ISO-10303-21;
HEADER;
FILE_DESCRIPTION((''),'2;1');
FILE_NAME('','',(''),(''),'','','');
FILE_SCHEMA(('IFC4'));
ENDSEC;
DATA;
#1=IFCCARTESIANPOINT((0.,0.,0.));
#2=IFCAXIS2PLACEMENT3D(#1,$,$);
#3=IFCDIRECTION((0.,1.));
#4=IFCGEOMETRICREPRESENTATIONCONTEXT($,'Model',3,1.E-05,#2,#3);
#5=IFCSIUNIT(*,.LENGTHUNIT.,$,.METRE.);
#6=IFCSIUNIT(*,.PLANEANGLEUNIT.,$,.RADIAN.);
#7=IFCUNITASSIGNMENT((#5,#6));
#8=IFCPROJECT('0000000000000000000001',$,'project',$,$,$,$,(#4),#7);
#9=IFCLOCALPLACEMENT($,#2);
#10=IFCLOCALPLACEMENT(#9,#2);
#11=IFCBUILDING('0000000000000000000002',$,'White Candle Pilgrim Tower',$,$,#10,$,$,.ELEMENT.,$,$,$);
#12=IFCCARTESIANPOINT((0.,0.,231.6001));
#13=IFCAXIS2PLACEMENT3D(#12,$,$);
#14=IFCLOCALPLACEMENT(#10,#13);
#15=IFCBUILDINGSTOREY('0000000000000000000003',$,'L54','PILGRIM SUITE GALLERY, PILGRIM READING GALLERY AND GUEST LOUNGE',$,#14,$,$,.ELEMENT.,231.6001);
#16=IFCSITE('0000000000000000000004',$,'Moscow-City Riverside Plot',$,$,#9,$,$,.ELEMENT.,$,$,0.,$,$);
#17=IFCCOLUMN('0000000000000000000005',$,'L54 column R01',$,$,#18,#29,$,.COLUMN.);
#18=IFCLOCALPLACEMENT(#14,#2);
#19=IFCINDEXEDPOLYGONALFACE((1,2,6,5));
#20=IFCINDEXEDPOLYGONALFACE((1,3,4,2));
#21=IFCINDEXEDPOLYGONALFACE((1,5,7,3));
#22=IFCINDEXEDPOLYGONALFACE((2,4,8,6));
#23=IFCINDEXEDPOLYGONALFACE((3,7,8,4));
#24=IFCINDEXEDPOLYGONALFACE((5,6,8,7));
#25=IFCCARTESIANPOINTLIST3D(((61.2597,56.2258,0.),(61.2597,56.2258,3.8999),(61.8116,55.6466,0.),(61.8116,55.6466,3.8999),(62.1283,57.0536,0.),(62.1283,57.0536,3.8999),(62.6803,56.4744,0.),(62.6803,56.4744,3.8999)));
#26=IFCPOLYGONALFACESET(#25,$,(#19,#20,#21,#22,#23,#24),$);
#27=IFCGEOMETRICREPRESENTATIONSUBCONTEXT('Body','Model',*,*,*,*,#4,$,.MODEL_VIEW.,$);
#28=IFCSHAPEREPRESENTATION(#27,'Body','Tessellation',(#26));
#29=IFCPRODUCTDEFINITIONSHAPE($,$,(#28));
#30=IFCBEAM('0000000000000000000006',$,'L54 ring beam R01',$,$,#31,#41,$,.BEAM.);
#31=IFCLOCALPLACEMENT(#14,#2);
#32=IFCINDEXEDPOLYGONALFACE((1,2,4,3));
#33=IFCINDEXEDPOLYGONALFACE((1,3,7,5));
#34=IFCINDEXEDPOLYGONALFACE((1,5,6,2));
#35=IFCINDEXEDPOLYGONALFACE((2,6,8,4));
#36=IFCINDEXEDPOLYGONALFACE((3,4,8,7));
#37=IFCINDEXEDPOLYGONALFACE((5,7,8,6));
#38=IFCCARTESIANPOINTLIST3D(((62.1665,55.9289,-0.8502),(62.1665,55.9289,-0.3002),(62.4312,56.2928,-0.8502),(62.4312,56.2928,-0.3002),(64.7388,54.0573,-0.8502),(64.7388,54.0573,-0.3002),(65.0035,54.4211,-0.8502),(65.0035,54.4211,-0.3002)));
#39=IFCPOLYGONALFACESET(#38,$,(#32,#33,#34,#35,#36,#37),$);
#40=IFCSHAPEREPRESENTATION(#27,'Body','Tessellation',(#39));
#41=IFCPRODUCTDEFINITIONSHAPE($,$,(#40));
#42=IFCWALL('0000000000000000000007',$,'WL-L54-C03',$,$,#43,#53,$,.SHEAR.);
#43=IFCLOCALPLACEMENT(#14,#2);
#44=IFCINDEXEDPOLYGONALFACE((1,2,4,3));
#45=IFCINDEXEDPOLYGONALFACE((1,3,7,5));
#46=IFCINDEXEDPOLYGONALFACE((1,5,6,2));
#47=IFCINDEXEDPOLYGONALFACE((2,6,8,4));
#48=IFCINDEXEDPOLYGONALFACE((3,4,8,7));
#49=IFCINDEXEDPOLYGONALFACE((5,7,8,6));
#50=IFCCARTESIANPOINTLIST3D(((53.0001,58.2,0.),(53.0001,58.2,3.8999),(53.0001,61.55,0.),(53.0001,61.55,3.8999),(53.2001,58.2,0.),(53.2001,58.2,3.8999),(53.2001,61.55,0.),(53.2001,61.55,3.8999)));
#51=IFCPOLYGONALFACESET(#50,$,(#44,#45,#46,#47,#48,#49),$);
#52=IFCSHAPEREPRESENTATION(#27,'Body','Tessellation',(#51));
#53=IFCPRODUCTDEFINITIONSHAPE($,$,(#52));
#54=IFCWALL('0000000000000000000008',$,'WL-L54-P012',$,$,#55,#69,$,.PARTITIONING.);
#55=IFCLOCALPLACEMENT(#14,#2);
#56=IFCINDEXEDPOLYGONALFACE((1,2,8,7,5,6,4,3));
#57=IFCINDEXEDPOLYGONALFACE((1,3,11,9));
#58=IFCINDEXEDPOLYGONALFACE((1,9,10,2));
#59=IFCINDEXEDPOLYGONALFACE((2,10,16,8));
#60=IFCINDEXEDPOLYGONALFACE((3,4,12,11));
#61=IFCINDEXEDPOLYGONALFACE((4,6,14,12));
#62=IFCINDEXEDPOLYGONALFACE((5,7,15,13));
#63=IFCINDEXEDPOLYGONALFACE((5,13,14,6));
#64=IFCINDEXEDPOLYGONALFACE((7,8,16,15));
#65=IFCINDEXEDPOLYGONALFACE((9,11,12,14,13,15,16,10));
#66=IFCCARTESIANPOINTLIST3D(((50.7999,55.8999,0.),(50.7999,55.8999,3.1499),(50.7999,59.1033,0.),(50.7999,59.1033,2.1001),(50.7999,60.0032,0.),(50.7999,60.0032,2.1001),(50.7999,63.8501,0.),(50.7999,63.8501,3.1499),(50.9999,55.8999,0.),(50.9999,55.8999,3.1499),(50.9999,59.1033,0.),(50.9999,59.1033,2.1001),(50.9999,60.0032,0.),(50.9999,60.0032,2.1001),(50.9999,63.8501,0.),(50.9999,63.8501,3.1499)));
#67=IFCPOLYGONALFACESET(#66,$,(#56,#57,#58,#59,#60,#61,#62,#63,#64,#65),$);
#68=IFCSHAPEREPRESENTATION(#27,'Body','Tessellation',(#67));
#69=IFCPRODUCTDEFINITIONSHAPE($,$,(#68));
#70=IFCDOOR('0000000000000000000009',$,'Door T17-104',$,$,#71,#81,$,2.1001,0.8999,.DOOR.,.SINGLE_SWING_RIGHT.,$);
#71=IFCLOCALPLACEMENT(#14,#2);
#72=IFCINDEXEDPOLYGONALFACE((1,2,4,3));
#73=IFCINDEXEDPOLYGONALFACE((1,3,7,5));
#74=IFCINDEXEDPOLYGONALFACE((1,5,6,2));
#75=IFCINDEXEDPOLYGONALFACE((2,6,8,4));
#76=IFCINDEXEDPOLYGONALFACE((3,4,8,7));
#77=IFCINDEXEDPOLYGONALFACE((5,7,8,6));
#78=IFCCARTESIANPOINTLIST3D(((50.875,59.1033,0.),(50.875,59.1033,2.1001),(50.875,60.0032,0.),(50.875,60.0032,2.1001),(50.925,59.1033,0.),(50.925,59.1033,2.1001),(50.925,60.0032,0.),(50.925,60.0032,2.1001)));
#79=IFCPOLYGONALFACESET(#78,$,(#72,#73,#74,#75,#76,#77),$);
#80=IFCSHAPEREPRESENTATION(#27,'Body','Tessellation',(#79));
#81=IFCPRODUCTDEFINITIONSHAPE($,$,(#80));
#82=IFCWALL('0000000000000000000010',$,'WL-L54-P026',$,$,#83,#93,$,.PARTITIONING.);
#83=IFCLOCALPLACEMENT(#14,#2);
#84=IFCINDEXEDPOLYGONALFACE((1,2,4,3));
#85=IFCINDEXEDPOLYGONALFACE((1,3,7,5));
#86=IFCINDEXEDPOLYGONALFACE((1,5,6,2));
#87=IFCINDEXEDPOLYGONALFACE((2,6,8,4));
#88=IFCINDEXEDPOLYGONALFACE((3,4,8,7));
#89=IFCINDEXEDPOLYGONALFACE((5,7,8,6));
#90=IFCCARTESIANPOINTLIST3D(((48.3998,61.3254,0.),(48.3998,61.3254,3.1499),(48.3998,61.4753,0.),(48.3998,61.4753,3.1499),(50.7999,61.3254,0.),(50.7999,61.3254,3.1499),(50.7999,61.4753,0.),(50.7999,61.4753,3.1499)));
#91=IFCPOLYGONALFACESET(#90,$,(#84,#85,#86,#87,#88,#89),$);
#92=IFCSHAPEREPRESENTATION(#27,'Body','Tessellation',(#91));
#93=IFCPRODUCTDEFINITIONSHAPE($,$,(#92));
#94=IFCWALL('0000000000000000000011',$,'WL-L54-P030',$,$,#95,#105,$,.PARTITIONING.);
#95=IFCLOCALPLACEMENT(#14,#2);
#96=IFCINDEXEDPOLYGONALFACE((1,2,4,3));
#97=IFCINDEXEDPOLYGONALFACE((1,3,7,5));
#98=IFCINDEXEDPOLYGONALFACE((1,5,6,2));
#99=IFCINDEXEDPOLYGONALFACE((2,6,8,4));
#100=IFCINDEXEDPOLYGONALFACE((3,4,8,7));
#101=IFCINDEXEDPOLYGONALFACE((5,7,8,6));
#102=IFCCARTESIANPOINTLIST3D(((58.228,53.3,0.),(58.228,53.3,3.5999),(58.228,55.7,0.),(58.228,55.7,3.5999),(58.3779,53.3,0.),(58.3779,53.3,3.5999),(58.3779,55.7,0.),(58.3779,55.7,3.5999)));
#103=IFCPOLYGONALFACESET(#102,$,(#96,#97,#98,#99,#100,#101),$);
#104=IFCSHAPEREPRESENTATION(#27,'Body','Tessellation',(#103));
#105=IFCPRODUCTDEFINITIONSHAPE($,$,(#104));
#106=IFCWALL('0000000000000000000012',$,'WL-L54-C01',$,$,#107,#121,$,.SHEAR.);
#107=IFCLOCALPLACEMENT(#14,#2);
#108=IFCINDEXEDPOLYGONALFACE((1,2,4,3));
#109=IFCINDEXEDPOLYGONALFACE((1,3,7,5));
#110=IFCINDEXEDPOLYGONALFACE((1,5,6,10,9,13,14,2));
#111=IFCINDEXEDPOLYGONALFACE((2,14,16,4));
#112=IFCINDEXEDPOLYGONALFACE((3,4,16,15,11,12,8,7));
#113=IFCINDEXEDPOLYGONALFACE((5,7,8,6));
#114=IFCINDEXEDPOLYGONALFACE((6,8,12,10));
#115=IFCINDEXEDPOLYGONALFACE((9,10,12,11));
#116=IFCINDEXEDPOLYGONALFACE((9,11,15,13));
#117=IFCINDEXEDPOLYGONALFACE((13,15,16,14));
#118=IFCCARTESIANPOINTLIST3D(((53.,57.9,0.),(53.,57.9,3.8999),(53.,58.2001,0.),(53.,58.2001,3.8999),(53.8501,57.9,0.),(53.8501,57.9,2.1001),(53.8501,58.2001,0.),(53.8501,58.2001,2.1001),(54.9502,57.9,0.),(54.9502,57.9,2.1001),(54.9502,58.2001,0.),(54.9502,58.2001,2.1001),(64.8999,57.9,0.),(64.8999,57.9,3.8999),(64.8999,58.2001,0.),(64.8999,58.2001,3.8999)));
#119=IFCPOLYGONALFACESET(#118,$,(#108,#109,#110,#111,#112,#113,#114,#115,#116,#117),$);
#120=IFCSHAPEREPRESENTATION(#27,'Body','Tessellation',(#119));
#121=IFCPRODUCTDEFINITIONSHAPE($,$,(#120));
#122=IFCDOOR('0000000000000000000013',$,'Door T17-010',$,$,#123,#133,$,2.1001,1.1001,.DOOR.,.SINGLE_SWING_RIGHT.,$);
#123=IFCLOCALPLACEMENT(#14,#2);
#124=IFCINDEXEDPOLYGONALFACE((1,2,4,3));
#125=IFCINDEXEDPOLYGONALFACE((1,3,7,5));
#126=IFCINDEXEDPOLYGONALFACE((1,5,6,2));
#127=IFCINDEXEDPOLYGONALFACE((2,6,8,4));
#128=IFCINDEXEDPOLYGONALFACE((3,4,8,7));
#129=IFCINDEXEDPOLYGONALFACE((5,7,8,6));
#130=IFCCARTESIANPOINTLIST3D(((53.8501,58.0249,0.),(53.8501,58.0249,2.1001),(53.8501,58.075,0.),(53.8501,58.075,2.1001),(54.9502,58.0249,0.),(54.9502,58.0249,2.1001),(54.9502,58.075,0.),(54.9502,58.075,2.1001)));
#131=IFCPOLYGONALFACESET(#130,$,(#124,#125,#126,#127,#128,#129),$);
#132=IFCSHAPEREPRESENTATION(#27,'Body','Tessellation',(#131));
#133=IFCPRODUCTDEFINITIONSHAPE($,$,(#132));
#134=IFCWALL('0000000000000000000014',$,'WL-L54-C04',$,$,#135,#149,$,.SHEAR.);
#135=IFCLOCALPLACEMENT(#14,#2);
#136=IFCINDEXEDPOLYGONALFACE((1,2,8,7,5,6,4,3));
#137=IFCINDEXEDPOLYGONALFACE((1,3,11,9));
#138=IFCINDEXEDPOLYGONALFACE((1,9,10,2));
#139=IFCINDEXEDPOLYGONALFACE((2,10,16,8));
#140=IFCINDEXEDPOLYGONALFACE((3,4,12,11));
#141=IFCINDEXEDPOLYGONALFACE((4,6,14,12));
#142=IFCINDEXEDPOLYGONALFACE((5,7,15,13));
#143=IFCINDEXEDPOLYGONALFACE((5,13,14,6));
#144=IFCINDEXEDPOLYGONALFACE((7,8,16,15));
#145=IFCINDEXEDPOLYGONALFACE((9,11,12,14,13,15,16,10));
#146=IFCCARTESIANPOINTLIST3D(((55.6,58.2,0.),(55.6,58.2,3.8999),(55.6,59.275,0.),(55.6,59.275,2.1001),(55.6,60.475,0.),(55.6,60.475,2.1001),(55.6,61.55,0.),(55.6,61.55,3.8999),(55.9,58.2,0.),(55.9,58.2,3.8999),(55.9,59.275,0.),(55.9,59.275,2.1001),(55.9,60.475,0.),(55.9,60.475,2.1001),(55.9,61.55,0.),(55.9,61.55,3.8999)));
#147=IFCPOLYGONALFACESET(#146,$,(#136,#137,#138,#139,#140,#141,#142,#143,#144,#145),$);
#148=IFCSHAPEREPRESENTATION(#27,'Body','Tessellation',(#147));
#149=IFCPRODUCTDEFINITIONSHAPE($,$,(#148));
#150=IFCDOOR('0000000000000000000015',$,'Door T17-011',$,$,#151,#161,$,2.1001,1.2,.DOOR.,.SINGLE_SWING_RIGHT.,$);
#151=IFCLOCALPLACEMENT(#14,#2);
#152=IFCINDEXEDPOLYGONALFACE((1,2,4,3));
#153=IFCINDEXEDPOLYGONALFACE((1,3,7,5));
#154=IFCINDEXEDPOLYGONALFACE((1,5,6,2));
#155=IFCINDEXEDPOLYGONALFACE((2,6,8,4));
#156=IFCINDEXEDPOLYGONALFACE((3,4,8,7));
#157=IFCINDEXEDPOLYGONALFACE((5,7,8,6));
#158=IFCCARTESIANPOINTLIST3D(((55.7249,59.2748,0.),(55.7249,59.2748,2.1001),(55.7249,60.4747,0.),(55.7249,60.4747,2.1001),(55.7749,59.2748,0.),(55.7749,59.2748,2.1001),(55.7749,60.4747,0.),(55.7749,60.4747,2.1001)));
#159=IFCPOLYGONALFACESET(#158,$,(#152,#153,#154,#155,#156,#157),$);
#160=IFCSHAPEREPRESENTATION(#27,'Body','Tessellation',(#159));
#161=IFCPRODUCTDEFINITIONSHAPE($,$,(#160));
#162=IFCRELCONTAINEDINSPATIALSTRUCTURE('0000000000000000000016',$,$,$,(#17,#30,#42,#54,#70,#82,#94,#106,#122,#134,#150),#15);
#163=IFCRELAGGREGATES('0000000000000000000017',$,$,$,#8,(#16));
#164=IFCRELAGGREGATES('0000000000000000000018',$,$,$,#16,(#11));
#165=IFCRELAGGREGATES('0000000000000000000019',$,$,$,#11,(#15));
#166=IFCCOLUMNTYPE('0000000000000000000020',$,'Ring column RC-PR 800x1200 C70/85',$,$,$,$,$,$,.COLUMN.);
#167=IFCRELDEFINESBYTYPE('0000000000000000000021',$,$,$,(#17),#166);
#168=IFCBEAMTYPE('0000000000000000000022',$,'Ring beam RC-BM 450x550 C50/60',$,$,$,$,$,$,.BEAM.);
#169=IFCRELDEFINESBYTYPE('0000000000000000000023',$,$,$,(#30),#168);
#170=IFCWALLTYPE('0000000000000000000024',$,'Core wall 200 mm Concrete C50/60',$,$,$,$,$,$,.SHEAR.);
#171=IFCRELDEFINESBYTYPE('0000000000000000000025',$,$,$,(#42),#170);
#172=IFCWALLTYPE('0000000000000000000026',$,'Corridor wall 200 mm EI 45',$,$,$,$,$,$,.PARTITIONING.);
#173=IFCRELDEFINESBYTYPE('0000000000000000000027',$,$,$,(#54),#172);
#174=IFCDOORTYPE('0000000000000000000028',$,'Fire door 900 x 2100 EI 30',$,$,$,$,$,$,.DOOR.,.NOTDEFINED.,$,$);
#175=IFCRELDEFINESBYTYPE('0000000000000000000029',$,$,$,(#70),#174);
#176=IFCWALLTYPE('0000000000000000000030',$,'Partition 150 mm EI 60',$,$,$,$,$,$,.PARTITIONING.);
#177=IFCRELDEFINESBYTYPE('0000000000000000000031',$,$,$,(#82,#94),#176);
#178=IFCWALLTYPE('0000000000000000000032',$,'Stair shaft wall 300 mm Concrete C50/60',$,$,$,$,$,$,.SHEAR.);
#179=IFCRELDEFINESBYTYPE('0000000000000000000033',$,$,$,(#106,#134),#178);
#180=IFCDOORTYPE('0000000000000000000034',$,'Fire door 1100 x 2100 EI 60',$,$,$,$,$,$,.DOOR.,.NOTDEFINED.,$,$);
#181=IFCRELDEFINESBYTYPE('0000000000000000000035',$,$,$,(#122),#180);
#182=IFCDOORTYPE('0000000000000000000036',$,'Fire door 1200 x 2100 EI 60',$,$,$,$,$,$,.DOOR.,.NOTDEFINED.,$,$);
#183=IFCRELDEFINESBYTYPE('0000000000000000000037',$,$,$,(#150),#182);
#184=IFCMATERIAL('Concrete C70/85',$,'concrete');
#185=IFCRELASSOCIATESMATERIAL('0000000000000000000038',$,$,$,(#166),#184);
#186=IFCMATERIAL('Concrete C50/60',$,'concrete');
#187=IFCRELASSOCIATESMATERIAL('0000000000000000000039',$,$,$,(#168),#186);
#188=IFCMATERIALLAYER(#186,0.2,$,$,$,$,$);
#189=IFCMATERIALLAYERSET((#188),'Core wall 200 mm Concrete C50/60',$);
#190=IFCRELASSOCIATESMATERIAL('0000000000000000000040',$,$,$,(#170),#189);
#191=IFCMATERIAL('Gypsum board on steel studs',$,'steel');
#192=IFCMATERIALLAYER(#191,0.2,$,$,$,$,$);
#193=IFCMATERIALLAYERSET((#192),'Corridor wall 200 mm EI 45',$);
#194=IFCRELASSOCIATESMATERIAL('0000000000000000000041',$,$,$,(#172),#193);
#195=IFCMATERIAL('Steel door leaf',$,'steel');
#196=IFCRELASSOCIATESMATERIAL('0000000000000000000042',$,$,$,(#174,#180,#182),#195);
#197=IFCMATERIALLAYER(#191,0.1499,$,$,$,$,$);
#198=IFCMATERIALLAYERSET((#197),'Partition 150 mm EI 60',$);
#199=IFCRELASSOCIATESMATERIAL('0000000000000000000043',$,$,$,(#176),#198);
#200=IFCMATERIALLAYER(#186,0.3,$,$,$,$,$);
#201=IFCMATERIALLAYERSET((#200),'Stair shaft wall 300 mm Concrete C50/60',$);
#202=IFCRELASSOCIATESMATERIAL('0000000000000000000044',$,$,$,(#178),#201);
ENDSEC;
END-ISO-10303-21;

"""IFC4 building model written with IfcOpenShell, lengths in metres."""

from ifc_helpers import new_model, si_unit, direction, frame, frame_2d, origin, origin_2d, place, context, subcontext, project, spatial, rectangle, extrude, material, layer, layer_set, material_profile, profile_set, type_object, element, fill, save


model = new_model("IFC4")

# Units and contexts
model_context = context("Model", 3, precision=1e-05, world=origin(), true_north=direction((0.0, 1.0)))
body_context = subcontext(model_context, "Body", "Model", "MODEL_VIEW")
ifc_project = project(units=[si_unit("LENGTHUNIT", "METRE"), si_unit("PLANEANGLEUNIT", "RADIAN")], contexts=[model_context])

# Site, building, storey
site_placement = place(None, origin())
site = spatial("IfcSite", under=ifc_project, at=site_placement, Name="Moscow-City Riverside Plot", CompositionType="ELEMENT", RefElevation=0.0)
building_placement = place(site_placement, origin())
building = spatial("IfcBuilding", under=site, at=building_placement, Name="White Candle Pilgrim Tower", CompositionType="ELEMENT")
storey_placement = place(building_placement, frame((0.0, 0.0, 231.6001)))
storey = spatial("IfcBuildingStorey", under=building, at=storey_placement, Name="L54", Description="PILGRIM SUITE GALLERY, PILGRIM READING GALLERY AND GUEST LOUNGE", CompositionType="ELEMENT", Elevation=231.6001)

# Column
ifc_material_1 = material(Name="Concrete C70/85", Category="concrete")
ifc_material_profile_1 = material_profile(ifc_material_1, rectangle(XDim=0.8, YDim=1.2, at=origin_2d()), Name="RC-PR 800x1200")
ifc_profile_set_1 = profile_set([ifc_material_profile_1], Name="Concrete C70/85")
column_type = type_object("IfcColumnType", Name="Ring column RC-PR 800x1200 C70/85", PredefinedType="COLUMN", material=ifc_profile_set_1)
column_placement = place(storey_placement, frame((61.97, 56.3501, 0.0), z_axis=(0.0, 0.0, 1.0), x_axis=(-0.689872, 0.723931, 0.0)))
element("IfcColumn", 1, at=column_placement, inside=storey, type_object=column_type, Name="L54 column R01", PredefinedType="COLUMN", context=body_context, shape_type="SweptSolid", body=[
    extrude(rectangle(XDim=0.8, YDim=1.2, at=origin_2d()), origin(), (0.0, 0.0, 1.0), 3.8999),
])

# Beam
ifc_material_2 = material(Name="Concrete C50/60", Category="concrete")
ifc_material_profile_2 = material_profile(ifc_material_2, rectangle(XDim=0.45, YDim=0.55, at=origin_2d()), Name="RC-BM 450x550")
ifc_profile_set_2 = profile_set([ifc_material_profile_2], Name="Concrete C50/60")
beam_type = type_object("IfcBeamType", Name="Ring beam RC-BM 450x550 C50/60", PredefinedType="BEAM", material=ifc_profile_set_2)
beam_placement = place(storey_placement, frame((62.2988, 56.1108, -0.5752), z_axis=(0.80861, -0.588345, 0.0), x_axis=(0.588345, 0.80861, 0.0)))
element("IfcBeam", 2, at=beam_placement, inside=storey, type_object=beam_type, Name="L54 ring beam R01", PredefinedType="BEAM", context=body_context, shape_type="SweptSolid", body=[
    extrude(rectangle(XDim=0.45, YDim=0.55, at=origin_2d()), origin(), (0.0, 0.0, 1.0), 3.1812),
])

# Wall
ifc_layer_1 = layer(ifc_material_2, 0.2)
ifc_layer_set_1 = layer_set([ifc_layer_1], Name="Core wall 200 mm Concrete C50/60")
wall_type_1 = type_object("IfcWallType", Name="Core wall 200 mm Concrete C50/60", PredefinedType="SHEAR", material=ifc_layer_set_1)
wall_1_placement = place(storey_placement, frame((53.1001, 58.2, 0.0), z_axis=(0.0, 0.0, 1.0), x_axis=(0.0, 1.0, 0.0)))
element("IfcWall", 3, at=wall_1_placement, inside=storey, type_object=wall_type_1, Name="WL-L54-C03", PredefinedType="SHEAR", context=body_context, shape_type="SweptSolid", body=[
    extrude(rectangle(XDim=3.3501, YDim=0.2, at=frame_2d((1.675, 0.0))), origin(), (0.0, 0.0, 1.0), 3.8999),
])

# Wall, opening, door
ifc_material_3 = material(Name="Gypsum board on steel studs", Category="steel")
ifc_layer_2 = layer(ifc_material_3, 0.2)
ifc_layer_set_2 = layer_set([ifc_layer_2], Name="Corridor wall 200 mm EI 45")
wall_type_2 = type_object("IfcWallType", Name="Corridor wall 200 mm EI 45", PredefinedType="PARTITIONING", material=ifc_layer_set_2)
wall_2_placement = place(storey_placement, frame((50.8999, 55.8999, 0.0), z_axis=(0.0, 0.0, 1.0), x_axis=(0.0, 1.0, 0.0)))
wall_2 = element("IfcWall", 4, at=wall_2_placement, inside=storey, type_object=wall_type_2, Name="WL-L54-P012", PredefinedType="PARTITIONING", context=body_context, shape_type="SweptSolid", body=[
    extrude(rectangle(XDim=7.9502, YDim=0.2, at=frame_2d((3.9751, 0.0))), origin(), (0.0, 0.0, 1.0), 3.1499),
])
opening_1_placement = place(wall_2_placement, frame((3.2034, 0.0, 0.0)))
opening_1 = element("IfcOpeningElement", 5, at=opening_1_placement, cuts=wall_2, PredefinedType="OPENING", context=body_context, shape_type="SweptSolid", body=[
    extrude(rectangle(XDim=0.8999, YDim=2.1001, at=frame_2d((0.45, 1.05))), frame((0.0, 0.1099, 0.0), z_axis=(0.0, -1.0, 0.0), x_axis=(1.0, 0.0, 0.0)), (0.0, 0.0, 1.0), 0.22),
])
ifc_material_4 = material(Name="Steel door leaf", Category="steel")
door_type_1 = type_object("IfcDoorType", Name="Fire door 900 x 2100 EI 30", OperationType="NOTDEFINED", PredefinedType="DOOR", material=ifc_material_4)
door_1_placement = place(opening_1_placement, origin())
door_1 = element("IfcDoor", 6, at=door_1_placement, inside=storey, type_object=door_type_1, Name="Door T17-104", OperationType="SINGLE_SWING_RIGHT", OverallHeight=2.1001, OverallWidth=0.8999, PredefinedType="DOOR", context=body_context, shape_type="SweptSolid", body=[
    extrude(rectangle(XDim=0.8999, YDim=2.1001, at=frame_2d((0.45, 1.05))), frame((0.0, 0.0249, 0.0), z_axis=(0.0, -1.0, 0.0), x_axis=(1.0, 0.0, 0.0)), (0.0, 0.0, 1.0), 0.05),
])
fill(opening_1, door_1)

# Walls
ifc_layer_3 = layer(ifc_material_3, 0.1499)
ifc_layer_set_3 = layer_set([ifc_layer_3], Name="Partition 150 mm EI 60")
wall_type_3 = type_object("IfcWallType", Name="Partition 150 mm EI 60", PredefinedType="PARTITIONING", material=ifc_layer_set_3)
wall_3_placement = place(storey_placement, frame((50.8, 61.4004, 0.0), z_axis=(0.0, 0.0, 1.0), x_axis=(-1.0, 0.0, 0.0)))
element("IfcWall", 7, at=wall_3_placement, inside=storey, type_object=wall_type_3, Name="WL-L54-P026", PredefinedType="PARTITIONING", context=body_context, shape_type="SweptSolid", body=[
    extrude(rectangle(XDim=2.4001, YDim=0.1499, at=frame_2d((1.2002, 0.0))), origin(), (0.0, 0.0, 1.0), 3.1499),
])
wall_4_placement = place(storey_placement, frame((58.303, 55.7, 0.0), z_axis=(0.0, 0.0, 1.0), x_axis=(0.0, -1.0, 0.0)))
element("IfcWall", 8, at=wall_4_placement, inside=storey, type_object=wall_type_3, Name="WL-L54-P030", PredefinedType="PARTITIONING", context=body_context, shape_type="SweptSolid", body=[
    extrude(rectangle(XDim=2.3999, YDim=0.1499, at=frame_2d((1.2, 0.0))), origin(), (0.0, 0.0, 1.0), 3.5999),
])

# Walls, openings, doors
ifc_layer_4 = layer(ifc_material_2, 0.3)
ifc_layer_set_4 = layer_set([ifc_layer_4], Name="Stair shaft wall 300 mm Concrete C50/60")
wall_type_4 = type_object("IfcWallType", Name="Stair shaft wall 300 mm Concrete C50/60", PredefinedType="SHEAR", material=ifc_layer_set_4)
wall_5_placement = place(storey_placement, frame((53.0, 58.05, 0.0), z_axis=(0.0, 0.0, 1.0), x_axis=(1.0, 0.0, 0.0)))
wall_5 = element("IfcWall", 9, at=wall_5_placement, inside=storey, type_object=wall_type_4, Name="WL-L54-C01", PredefinedType="SHEAR", context=body_context, shape_type="SweptSolid", body=[
    extrude(rectangle(XDim=11.8999, YDim=0.3, at=frame_2d((5.95, 0.0))), origin(), (0.0, 0.0, 1.0), 3.8999),
])
opening_2_placement = place(wall_5_placement, frame((0.8501, 0.0, 0.0)))
opening_2 = element("IfcOpeningElement", 10, at=opening_2_placement, cuts=wall_5, PredefinedType="OPENING", context=body_context, shape_type="SweptSolid", body=[
    extrude(rectangle(XDim=1.1001, YDim=2.1001, at=frame_2d((0.55, 1.05))), frame((0.0, 0.1599, 0.0), z_axis=(0.0, -1.0, 0.0), x_axis=(1.0, 0.0, 0.0)), (0.0, 0.0, 1.0), 0.3201),
])
door_type_2 = type_object("IfcDoorType", Name="Fire door 1100 x 2100 EI 60", OperationType="NOTDEFINED", PredefinedType="DOOR", material=ifc_material_4)
door_2_placement = place(opening_2_placement, origin())
door_2 = element("IfcDoor", 11, at=door_2_placement, inside=storey, type_object=door_type_2, Name="Door T17-010", OperationType="SINGLE_SWING_RIGHT", OverallHeight=2.1001, OverallWidth=1.1001, PredefinedType="DOOR", context=body_context, shape_type="SweptSolid", body=[
    extrude(rectangle(XDim=1.1001, YDim=2.1001, at=frame_2d((0.55, 1.05))), frame((0.0, 0.0249, 0.0), z_axis=(0.0, -1.0, 0.0), x_axis=(1.0, 0.0, 0.0)), (0.0, 0.0, 1.0), 0.05),
])
fill(opening_2, door_2)
wall_6_placement = place(storey_placement, frame((55.75, 58.2, 0.0), z_axis=(0.0, 0.0, 1.0), x_axis=(0.0, 1.0, 0.0)))
wall_6 = element("IfcWall", 12, at=wall_6_placement, inside=storey, type_object=wall_type_4, Name="WL-L54-C04", PredefinedType="SHEAR", context=body_context, shape_type="SweptSolid", body=[
    extrude(rectangle(XDim=3.3501, YDim=0.3, at=frame_2d((1.675, 0.0))), origin(), (0.0, 0.0, 1.0), 3.8999),
])
opening_3_placement = place(wall_6_placement, frame((1.075, 0.0, 0.0)))
opening_3 = element("IfcOpeningElement", 13, at=opening_3_placement, cuts=wall_6, PredefinedType="OPENING", context=body_context, shape_type="SweptSolid", body=[
    extrude(rectangle(XDim=1.2, YDim=2.1001, at=frame_2d((0.6001, 1.05))), frame((0.0, 0.1599, 0.0), z_axis=(0.0, -1.0, 0.0), x_axis=(1.0, 0.0, 0.0)), (0.0, 0.0, 1.0), 0.3201),
])
door_type_3 = type_object("IfcDoorType", Name="Fire door 1200 x 2100 EI 60", OperationType="NOTDEFINED", PredefinedType="DOOR", material=ifc_material_4)
door_3_placement = place(opening_3_placement, frame((1.2, 0.0, 0.0), z_axis=(0.0, 0.0, 1.0), x_axis=(-1.0, 0.0, 0.0)))
door_3 = element("IfcDoor", 14, at=door_3_placement, inside=storey, type_object=door_type_3, Name="Door T17-011", OperationType="SINGLE_SWING_RIGHT", OverallHeight=2.1001, OverallWidth=1.2, PredefinedType="DOOR", context=body_context, shape_type="SweptSolid", body=[
    extrude(rectangle(XDim=1.2, YDim=2.1001, at=frame_2d((0.6001, 1.05))), frame((0.0, 0.0249, 0.0), z_axis=(0.0, -1.0, 0.0), x_axis=(1.0, 0.0, 0.0)), (0.0, 0.0, 1.0), 0.05),
])
fill(opening_3, door_3)

save(model, "model.ifc")
